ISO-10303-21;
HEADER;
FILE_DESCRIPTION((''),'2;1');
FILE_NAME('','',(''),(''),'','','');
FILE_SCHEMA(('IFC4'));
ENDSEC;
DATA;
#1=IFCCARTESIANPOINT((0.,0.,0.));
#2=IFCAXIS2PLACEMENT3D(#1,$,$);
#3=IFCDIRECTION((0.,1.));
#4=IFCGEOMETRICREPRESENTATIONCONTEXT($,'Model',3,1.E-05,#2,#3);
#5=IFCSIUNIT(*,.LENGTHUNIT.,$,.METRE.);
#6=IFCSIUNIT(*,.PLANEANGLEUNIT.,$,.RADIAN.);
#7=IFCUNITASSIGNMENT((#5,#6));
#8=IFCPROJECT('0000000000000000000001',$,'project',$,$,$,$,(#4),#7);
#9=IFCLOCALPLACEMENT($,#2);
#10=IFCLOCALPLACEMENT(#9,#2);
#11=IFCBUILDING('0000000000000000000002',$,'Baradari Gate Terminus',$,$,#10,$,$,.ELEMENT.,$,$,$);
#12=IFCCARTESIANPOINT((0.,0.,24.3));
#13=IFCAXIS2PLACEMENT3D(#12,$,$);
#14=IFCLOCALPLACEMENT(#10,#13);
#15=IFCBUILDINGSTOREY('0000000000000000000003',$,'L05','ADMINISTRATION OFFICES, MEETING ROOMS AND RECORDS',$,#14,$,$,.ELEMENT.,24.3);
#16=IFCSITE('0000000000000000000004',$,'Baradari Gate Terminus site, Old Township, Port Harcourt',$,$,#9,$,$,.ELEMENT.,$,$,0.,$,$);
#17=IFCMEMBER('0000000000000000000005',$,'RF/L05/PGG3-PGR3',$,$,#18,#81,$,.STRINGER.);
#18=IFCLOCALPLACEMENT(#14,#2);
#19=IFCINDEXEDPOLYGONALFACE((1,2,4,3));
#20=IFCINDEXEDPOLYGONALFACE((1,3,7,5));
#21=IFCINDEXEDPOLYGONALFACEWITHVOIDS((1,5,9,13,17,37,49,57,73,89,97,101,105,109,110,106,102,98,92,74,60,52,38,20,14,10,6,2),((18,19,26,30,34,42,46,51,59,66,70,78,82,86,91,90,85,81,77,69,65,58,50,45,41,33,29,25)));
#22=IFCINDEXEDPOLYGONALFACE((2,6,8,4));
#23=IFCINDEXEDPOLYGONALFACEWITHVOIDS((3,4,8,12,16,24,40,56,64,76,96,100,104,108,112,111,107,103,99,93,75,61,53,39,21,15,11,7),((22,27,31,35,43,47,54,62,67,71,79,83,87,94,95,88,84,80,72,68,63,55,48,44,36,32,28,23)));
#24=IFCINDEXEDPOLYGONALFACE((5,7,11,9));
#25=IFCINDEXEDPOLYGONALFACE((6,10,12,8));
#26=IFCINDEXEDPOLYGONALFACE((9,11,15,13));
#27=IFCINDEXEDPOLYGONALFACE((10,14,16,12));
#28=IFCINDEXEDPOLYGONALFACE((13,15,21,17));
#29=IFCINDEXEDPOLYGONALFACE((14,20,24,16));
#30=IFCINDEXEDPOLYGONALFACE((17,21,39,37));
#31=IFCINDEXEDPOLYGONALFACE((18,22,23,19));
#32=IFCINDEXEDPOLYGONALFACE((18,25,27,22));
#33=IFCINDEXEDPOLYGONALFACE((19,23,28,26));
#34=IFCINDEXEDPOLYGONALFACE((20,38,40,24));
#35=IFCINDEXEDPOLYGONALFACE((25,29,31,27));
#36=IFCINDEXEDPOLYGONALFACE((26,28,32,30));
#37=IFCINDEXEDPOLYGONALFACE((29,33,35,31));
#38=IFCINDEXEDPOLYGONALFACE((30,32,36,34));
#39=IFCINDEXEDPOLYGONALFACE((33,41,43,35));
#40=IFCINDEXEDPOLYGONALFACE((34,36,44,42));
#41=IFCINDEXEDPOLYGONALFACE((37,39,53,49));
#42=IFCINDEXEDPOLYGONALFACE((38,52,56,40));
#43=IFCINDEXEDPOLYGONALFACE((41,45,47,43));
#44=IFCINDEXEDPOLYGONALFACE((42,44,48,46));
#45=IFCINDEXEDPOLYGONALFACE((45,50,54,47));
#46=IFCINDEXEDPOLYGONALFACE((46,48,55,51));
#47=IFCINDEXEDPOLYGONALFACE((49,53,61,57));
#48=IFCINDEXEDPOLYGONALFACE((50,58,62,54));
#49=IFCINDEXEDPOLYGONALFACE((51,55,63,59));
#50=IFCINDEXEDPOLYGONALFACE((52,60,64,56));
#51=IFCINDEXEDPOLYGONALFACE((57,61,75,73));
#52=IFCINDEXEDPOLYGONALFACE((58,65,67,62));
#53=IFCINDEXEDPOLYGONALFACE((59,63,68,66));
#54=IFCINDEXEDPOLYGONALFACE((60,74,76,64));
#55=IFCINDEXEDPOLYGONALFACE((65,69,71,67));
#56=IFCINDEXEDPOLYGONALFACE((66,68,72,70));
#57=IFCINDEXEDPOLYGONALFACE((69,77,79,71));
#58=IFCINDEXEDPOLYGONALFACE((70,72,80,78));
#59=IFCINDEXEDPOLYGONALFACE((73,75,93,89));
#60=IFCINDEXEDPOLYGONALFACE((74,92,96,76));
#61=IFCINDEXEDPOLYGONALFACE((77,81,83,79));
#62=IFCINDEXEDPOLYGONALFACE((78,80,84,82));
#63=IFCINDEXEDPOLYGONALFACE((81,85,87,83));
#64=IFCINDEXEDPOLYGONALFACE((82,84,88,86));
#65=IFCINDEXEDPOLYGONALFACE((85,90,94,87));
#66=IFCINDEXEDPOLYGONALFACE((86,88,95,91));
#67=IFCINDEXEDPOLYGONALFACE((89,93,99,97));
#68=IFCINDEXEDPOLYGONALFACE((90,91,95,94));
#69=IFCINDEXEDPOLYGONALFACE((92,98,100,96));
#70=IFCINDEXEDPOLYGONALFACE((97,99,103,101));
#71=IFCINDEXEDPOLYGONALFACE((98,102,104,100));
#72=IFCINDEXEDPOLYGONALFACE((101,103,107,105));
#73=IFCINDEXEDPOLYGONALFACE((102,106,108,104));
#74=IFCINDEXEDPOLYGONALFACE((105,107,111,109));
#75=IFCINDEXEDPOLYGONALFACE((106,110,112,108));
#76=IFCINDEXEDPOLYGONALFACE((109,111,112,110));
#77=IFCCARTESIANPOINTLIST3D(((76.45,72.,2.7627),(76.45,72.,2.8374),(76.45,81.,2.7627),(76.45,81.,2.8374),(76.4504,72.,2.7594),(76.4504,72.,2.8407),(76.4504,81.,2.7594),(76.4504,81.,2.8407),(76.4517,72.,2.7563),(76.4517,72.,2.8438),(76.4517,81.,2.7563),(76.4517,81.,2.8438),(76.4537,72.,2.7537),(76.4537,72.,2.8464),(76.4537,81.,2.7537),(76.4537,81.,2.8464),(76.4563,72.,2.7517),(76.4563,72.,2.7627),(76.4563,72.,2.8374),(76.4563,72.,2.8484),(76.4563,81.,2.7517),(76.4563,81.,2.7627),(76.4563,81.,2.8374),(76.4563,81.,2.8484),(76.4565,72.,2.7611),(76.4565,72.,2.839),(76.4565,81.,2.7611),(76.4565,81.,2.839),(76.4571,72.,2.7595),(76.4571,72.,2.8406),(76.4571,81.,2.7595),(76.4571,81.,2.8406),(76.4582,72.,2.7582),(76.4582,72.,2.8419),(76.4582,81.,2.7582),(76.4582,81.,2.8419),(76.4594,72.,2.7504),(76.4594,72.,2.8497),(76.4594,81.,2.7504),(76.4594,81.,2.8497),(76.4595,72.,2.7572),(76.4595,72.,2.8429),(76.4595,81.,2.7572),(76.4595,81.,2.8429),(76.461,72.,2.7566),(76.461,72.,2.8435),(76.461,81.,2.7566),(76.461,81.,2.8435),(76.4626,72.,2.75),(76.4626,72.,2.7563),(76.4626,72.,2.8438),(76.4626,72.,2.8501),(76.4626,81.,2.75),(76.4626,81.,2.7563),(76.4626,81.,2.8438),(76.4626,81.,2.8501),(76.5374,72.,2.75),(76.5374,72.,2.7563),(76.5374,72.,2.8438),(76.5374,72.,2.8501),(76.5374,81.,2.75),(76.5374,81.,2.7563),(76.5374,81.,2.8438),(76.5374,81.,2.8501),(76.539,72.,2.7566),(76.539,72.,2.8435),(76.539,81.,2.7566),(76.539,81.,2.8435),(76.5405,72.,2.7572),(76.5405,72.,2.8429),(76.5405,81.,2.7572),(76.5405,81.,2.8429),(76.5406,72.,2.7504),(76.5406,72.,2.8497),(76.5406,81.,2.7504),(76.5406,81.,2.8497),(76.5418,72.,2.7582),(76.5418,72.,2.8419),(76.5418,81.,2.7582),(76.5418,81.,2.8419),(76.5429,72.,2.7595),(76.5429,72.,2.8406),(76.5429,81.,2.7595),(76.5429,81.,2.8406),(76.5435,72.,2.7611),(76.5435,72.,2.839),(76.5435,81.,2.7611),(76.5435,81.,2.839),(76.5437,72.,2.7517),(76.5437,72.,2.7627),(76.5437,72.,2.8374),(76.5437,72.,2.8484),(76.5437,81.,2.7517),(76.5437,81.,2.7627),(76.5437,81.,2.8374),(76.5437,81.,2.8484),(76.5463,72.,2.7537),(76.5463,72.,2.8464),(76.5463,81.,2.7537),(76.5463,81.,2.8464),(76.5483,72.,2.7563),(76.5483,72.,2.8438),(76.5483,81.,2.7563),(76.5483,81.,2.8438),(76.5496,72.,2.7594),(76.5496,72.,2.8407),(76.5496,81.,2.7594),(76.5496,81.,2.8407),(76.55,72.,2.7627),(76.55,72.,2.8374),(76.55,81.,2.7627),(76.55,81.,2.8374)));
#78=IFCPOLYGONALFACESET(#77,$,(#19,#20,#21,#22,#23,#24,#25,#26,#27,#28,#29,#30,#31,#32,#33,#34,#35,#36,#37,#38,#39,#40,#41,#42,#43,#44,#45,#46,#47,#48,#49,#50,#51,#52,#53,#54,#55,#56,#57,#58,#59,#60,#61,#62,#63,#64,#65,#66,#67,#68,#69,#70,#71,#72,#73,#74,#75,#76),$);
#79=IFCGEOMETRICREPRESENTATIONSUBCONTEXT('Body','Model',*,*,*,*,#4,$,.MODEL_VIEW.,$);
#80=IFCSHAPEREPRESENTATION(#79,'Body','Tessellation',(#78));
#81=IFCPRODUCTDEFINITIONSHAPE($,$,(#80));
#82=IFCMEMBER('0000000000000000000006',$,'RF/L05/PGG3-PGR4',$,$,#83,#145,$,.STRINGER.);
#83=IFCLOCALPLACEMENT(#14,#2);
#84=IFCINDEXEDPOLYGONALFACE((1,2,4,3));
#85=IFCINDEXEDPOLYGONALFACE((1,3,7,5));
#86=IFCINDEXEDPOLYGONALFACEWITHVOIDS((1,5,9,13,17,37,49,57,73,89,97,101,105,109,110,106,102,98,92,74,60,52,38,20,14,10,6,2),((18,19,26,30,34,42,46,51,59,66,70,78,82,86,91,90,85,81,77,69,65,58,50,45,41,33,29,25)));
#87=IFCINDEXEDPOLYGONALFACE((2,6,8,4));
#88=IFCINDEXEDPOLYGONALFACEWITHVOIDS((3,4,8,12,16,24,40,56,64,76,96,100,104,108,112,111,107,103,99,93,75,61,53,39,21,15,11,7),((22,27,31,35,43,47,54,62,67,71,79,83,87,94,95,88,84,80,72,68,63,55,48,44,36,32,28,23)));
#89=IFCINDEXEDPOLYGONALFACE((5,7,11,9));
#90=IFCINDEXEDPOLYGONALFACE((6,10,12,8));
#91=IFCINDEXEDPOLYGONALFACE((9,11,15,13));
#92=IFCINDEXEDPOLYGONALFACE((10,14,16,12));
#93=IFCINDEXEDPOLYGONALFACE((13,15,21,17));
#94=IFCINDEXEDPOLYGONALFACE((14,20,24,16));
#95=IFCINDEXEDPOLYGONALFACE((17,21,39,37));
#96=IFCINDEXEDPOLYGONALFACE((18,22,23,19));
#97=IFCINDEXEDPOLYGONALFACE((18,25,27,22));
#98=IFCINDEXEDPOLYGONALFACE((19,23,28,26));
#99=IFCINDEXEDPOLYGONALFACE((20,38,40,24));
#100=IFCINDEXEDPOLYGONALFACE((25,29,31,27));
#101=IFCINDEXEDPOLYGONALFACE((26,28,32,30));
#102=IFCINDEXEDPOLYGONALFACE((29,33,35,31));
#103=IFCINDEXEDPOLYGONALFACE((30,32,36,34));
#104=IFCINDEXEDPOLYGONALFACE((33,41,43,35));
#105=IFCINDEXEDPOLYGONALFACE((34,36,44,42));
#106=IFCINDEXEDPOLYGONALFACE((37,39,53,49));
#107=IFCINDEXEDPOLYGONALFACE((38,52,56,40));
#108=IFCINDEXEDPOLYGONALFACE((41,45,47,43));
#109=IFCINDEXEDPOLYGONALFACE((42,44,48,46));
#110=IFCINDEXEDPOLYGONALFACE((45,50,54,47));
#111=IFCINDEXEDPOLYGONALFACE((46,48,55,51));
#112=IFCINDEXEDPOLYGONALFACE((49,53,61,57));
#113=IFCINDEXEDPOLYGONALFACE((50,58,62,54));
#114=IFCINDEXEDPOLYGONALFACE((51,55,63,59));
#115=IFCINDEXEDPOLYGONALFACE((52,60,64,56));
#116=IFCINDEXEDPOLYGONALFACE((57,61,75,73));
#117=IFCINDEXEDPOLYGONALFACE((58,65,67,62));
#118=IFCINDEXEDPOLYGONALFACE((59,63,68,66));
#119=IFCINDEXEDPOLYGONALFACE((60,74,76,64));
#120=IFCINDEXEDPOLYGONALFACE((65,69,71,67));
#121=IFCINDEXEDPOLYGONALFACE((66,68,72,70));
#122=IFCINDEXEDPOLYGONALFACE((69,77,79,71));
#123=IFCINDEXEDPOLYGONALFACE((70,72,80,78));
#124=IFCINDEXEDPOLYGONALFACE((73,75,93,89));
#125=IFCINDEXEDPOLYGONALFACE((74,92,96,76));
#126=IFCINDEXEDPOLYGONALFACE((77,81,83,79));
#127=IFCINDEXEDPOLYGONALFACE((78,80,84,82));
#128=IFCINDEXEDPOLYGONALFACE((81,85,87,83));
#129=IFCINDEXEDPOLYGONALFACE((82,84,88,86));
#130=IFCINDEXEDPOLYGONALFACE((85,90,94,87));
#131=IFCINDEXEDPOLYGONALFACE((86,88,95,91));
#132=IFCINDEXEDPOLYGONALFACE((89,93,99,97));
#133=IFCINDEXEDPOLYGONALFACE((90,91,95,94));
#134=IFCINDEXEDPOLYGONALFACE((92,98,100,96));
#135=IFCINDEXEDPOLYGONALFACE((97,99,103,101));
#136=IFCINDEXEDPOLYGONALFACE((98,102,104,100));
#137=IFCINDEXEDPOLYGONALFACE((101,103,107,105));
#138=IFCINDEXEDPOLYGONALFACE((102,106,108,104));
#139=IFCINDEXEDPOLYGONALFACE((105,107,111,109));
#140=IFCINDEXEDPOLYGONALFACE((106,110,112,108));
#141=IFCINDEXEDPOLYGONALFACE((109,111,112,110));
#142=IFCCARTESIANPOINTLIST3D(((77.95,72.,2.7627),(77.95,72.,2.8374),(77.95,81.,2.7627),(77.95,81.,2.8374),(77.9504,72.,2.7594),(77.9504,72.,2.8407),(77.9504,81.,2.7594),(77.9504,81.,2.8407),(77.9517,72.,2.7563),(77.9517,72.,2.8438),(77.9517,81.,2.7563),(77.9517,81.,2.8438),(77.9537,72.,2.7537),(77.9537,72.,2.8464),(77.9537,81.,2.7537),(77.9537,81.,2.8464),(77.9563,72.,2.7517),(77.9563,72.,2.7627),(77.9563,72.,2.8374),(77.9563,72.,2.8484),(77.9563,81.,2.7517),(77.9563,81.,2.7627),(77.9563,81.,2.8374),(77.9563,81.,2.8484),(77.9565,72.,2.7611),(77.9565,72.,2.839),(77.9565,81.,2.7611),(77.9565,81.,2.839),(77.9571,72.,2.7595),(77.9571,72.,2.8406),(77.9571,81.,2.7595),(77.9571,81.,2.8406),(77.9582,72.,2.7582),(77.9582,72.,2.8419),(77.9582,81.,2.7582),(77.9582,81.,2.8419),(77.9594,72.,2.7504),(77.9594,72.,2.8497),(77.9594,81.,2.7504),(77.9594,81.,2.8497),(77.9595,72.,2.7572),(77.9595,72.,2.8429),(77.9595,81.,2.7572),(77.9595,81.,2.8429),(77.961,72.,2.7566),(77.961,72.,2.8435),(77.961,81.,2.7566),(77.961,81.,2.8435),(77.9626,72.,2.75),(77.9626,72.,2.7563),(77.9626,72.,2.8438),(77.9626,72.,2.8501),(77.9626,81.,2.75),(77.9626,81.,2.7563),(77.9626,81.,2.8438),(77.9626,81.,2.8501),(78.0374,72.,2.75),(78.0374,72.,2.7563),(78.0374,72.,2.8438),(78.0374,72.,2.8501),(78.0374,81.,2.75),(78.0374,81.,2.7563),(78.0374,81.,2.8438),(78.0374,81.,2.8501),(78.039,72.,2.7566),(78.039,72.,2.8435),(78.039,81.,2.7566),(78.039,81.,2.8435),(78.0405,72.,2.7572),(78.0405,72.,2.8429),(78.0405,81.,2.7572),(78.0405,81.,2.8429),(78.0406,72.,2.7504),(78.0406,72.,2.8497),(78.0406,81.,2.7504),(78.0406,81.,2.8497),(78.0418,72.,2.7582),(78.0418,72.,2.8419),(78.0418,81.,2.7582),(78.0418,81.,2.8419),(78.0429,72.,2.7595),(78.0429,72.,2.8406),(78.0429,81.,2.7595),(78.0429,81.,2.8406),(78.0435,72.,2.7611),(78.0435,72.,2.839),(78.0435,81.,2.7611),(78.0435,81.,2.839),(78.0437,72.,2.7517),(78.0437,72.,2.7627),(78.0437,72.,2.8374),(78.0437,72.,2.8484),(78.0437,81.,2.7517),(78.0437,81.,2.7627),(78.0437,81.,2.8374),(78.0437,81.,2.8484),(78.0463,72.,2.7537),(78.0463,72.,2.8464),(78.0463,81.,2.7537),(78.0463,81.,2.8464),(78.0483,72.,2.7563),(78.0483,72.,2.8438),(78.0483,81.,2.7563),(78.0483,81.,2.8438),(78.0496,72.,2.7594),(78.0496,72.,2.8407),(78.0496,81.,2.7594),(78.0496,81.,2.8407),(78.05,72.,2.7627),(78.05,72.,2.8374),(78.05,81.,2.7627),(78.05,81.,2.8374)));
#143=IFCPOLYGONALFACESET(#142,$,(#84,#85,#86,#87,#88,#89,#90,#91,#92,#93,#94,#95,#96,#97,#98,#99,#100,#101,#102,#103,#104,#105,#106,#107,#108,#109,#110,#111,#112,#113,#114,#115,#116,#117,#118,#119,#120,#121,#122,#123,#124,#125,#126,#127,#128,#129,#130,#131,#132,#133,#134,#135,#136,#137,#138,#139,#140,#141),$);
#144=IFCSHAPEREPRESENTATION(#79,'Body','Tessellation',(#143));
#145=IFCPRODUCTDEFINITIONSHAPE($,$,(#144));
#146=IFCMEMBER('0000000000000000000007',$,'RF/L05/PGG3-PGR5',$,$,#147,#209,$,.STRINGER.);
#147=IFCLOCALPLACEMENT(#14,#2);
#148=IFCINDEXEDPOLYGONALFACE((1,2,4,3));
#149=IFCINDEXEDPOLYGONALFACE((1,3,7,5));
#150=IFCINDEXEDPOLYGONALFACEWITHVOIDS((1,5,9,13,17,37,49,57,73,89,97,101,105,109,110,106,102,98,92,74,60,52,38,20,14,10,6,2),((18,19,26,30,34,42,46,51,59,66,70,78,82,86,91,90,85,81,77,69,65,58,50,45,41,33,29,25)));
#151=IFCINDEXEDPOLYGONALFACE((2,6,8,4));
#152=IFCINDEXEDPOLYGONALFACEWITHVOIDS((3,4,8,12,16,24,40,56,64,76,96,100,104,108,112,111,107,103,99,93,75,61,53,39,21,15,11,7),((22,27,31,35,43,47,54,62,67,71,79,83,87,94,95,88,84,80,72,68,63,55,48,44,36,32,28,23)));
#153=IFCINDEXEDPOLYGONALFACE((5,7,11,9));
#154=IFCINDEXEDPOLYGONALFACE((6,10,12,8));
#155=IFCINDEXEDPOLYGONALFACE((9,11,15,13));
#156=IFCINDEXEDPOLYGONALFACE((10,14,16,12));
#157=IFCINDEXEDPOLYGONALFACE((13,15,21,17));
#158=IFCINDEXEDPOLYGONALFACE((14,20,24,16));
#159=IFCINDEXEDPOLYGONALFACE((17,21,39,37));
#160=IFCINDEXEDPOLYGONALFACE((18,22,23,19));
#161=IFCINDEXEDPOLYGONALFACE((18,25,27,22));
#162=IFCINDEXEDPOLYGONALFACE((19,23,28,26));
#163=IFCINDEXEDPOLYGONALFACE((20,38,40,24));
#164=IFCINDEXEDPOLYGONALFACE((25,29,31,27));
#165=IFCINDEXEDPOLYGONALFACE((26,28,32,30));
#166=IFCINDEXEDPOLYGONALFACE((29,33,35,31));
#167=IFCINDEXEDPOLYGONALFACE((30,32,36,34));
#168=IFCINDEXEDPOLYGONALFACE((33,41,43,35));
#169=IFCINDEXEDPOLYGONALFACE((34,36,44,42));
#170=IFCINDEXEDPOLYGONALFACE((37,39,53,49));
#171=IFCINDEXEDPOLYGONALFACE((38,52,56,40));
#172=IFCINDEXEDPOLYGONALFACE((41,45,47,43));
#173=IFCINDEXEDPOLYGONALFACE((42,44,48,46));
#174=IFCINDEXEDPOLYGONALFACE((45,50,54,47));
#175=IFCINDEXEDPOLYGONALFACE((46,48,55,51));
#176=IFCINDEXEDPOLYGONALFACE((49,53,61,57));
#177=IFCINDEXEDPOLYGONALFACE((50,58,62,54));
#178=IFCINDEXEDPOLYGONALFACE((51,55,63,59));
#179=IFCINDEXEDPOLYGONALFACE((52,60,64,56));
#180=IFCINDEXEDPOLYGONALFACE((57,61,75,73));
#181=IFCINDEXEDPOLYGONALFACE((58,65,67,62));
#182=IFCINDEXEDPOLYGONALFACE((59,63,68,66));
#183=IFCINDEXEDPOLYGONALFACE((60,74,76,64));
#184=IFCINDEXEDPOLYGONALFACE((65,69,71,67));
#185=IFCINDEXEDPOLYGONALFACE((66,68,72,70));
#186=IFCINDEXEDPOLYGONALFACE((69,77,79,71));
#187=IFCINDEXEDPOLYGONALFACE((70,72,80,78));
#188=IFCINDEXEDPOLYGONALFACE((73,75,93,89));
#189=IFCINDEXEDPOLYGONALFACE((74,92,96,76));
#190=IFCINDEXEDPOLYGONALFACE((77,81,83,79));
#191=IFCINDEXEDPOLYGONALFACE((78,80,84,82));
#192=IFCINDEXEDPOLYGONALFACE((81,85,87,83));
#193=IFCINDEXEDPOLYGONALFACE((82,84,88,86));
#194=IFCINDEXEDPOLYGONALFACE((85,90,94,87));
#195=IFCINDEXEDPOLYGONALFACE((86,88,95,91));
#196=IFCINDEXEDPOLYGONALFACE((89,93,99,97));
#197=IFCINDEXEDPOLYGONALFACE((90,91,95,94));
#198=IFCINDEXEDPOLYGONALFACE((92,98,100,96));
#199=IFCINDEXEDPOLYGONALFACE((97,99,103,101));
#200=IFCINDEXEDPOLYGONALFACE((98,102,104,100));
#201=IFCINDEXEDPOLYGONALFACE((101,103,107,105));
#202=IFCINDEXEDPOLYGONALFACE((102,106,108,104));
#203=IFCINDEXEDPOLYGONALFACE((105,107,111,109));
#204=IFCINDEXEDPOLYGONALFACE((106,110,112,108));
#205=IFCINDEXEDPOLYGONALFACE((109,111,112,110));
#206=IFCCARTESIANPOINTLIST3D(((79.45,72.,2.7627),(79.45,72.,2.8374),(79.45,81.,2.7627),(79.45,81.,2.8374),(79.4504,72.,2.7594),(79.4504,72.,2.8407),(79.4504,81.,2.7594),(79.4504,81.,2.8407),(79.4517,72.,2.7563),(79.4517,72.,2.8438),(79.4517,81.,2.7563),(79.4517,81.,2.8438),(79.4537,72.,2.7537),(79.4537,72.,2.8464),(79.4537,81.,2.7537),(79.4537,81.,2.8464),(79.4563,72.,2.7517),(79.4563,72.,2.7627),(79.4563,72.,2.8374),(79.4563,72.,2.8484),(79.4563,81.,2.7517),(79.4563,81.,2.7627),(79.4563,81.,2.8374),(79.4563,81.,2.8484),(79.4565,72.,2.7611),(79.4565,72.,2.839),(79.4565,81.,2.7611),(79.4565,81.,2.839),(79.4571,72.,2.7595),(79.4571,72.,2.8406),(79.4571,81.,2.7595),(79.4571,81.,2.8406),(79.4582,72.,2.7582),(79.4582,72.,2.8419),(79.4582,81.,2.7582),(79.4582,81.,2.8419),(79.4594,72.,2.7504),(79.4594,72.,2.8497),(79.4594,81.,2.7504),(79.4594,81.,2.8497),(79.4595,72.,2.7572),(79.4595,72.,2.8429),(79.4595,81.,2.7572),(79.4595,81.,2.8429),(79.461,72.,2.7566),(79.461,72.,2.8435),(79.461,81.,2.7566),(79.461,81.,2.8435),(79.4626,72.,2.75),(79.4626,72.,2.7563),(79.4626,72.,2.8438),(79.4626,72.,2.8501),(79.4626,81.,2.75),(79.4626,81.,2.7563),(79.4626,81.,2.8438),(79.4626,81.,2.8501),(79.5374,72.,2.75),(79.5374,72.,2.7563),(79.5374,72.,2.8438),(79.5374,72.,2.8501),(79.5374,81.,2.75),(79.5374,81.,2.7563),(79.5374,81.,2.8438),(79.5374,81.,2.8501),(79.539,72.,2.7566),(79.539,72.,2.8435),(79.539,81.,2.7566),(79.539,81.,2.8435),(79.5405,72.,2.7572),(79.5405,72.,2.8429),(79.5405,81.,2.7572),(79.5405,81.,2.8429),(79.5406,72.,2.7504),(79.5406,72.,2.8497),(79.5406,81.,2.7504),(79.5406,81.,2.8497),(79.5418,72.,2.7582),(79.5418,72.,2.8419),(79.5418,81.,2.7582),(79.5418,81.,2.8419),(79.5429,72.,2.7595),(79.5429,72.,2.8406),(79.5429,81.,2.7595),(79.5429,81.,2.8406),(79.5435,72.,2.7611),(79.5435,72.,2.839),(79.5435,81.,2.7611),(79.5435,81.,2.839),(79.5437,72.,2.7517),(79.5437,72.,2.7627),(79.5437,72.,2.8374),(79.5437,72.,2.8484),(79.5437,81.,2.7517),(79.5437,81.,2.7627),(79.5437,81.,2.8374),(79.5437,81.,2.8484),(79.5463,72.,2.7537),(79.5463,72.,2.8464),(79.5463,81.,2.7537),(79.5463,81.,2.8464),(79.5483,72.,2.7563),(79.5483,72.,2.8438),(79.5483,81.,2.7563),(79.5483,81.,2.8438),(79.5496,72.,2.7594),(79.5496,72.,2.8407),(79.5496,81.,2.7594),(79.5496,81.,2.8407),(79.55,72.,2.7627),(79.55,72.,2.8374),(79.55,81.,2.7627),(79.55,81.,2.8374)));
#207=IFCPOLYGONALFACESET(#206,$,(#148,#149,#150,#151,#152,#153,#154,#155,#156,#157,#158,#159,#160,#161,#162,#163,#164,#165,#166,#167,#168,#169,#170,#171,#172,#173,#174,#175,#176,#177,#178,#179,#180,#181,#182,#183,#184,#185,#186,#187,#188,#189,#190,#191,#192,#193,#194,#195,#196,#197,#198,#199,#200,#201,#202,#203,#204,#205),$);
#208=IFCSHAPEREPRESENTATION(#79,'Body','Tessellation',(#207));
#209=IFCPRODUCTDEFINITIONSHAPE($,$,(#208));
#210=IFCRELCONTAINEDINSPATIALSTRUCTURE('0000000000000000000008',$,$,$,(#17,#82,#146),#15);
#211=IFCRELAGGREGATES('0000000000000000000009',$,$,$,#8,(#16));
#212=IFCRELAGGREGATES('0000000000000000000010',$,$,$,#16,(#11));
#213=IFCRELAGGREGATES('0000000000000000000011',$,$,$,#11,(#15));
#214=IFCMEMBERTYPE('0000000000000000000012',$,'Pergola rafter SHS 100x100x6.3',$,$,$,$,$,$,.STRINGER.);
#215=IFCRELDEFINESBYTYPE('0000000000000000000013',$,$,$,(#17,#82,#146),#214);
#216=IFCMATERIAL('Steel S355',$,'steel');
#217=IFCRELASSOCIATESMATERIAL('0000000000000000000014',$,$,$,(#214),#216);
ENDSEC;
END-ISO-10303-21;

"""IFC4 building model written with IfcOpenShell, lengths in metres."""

from ifc_helpers import new_model, si_unit, direction, frame, origin, origin_2d, place, context, subcontext, project, spatial, hollow_rectangle, extrude, material, material_profile, profile_set, type_object, element, save


model = new_model("IFC4")

# Units and contexts
model_context = context("Model", 3, precision=1e-05, world=origin(), true_north=direction((0.0, 1.0)))
body_context = subcontext(model_context, "Body", "Model", "MODEL_VIEW")
ifc_project = project(units=[si_unit("LENGTHUNIT", "METRE"), si_unit("PLANEANGLEUNIT", "RADIAN")], contexts=[model_context])

# Site, building, storey
site_placement = place(None, origin())
site = spatial("IfcSite", under=ifc_project, at=site_placement, Name="Baradari Gate Terminus site, Old Township, Port Harcourt", CompositionType="ELEMENT", RefElevation=0.0)
building_placement = place(site_placement, origin())
building = spatial("IfcBuilding", under=site, at=building_placement, Name="Baradari Gate Terminus", CompositionType="ELEMENT")
storey_placement = place(building_placement, frame((0.0, 0.0, 24.3)))
storey = spatial("IfcBuildingStorey", under=building, at=storey_placement, Name="L05", Description="ADMINISTRATION OFFICES, MEETING ROOMS AND RECORDS", CompositionType="ELEMENT", Elevation=24.3)

# Members
ifc_material_1 = material(Name="Steel S355", Category="steel")
ifc_material_profile = material_profile(ifc_material_1, hollow_rectangle(XDim=0.1001, YDim=0.1001, WallThickness=0.0063, InnerFilletRadius=0.0063, OuterFilletRadius=0.0127, at=origin_2d()), Name="SHS 100x100x6.3")
ifc_profile_set = profile_set([ifc_material_profile], Name="Steel S355")
member_type = type_object("IfcMemberType", Name="Pergola rafter SHS 100x100x6.3", PredefinedType="STRINGER", material=ifc_profile_set)
for number, where, z_axis, x_axis, name in (
    (1, (76.5, 72.0, 2.8), (0.0, 1.0, 0.0), (-1.0, 0.0, 0.0), "RF/L05/PGG3-PGR3"),
    (2, (78.0, 72.0, 2.8), (0.0, 1.0, 0.0), (-1.0, 0.0, 0.0), "RF/L05/PGG3-PGR4"),
    (3, (79.5, 72.0, 2.8), (0.0, 1.0, 0.0), (-1.0, 0.0, 0.0), "RF/L05/PGG3-PGR5"),
):
    element("IfcMember", number, at=place(storey_placement, frame(where, z_axis=z_axis, x_axis=x_axis)), inside=storey, type_object=member_type, Name=name, PredefinedType="STRINGER", context=body_context, shape_type="SweptSolid", body=[
        extrude(hollow_rectangle(XDim=0.1001, YDim=0.1001, WallThickness=0.0063, InnerFilletRadius=0.0063, OuterFilletRadius=0.0127, at=origin_2d()), origin(), (0.0, 0.0, 1.0), 9.0),
    ])

save(model, "model.ifc")
